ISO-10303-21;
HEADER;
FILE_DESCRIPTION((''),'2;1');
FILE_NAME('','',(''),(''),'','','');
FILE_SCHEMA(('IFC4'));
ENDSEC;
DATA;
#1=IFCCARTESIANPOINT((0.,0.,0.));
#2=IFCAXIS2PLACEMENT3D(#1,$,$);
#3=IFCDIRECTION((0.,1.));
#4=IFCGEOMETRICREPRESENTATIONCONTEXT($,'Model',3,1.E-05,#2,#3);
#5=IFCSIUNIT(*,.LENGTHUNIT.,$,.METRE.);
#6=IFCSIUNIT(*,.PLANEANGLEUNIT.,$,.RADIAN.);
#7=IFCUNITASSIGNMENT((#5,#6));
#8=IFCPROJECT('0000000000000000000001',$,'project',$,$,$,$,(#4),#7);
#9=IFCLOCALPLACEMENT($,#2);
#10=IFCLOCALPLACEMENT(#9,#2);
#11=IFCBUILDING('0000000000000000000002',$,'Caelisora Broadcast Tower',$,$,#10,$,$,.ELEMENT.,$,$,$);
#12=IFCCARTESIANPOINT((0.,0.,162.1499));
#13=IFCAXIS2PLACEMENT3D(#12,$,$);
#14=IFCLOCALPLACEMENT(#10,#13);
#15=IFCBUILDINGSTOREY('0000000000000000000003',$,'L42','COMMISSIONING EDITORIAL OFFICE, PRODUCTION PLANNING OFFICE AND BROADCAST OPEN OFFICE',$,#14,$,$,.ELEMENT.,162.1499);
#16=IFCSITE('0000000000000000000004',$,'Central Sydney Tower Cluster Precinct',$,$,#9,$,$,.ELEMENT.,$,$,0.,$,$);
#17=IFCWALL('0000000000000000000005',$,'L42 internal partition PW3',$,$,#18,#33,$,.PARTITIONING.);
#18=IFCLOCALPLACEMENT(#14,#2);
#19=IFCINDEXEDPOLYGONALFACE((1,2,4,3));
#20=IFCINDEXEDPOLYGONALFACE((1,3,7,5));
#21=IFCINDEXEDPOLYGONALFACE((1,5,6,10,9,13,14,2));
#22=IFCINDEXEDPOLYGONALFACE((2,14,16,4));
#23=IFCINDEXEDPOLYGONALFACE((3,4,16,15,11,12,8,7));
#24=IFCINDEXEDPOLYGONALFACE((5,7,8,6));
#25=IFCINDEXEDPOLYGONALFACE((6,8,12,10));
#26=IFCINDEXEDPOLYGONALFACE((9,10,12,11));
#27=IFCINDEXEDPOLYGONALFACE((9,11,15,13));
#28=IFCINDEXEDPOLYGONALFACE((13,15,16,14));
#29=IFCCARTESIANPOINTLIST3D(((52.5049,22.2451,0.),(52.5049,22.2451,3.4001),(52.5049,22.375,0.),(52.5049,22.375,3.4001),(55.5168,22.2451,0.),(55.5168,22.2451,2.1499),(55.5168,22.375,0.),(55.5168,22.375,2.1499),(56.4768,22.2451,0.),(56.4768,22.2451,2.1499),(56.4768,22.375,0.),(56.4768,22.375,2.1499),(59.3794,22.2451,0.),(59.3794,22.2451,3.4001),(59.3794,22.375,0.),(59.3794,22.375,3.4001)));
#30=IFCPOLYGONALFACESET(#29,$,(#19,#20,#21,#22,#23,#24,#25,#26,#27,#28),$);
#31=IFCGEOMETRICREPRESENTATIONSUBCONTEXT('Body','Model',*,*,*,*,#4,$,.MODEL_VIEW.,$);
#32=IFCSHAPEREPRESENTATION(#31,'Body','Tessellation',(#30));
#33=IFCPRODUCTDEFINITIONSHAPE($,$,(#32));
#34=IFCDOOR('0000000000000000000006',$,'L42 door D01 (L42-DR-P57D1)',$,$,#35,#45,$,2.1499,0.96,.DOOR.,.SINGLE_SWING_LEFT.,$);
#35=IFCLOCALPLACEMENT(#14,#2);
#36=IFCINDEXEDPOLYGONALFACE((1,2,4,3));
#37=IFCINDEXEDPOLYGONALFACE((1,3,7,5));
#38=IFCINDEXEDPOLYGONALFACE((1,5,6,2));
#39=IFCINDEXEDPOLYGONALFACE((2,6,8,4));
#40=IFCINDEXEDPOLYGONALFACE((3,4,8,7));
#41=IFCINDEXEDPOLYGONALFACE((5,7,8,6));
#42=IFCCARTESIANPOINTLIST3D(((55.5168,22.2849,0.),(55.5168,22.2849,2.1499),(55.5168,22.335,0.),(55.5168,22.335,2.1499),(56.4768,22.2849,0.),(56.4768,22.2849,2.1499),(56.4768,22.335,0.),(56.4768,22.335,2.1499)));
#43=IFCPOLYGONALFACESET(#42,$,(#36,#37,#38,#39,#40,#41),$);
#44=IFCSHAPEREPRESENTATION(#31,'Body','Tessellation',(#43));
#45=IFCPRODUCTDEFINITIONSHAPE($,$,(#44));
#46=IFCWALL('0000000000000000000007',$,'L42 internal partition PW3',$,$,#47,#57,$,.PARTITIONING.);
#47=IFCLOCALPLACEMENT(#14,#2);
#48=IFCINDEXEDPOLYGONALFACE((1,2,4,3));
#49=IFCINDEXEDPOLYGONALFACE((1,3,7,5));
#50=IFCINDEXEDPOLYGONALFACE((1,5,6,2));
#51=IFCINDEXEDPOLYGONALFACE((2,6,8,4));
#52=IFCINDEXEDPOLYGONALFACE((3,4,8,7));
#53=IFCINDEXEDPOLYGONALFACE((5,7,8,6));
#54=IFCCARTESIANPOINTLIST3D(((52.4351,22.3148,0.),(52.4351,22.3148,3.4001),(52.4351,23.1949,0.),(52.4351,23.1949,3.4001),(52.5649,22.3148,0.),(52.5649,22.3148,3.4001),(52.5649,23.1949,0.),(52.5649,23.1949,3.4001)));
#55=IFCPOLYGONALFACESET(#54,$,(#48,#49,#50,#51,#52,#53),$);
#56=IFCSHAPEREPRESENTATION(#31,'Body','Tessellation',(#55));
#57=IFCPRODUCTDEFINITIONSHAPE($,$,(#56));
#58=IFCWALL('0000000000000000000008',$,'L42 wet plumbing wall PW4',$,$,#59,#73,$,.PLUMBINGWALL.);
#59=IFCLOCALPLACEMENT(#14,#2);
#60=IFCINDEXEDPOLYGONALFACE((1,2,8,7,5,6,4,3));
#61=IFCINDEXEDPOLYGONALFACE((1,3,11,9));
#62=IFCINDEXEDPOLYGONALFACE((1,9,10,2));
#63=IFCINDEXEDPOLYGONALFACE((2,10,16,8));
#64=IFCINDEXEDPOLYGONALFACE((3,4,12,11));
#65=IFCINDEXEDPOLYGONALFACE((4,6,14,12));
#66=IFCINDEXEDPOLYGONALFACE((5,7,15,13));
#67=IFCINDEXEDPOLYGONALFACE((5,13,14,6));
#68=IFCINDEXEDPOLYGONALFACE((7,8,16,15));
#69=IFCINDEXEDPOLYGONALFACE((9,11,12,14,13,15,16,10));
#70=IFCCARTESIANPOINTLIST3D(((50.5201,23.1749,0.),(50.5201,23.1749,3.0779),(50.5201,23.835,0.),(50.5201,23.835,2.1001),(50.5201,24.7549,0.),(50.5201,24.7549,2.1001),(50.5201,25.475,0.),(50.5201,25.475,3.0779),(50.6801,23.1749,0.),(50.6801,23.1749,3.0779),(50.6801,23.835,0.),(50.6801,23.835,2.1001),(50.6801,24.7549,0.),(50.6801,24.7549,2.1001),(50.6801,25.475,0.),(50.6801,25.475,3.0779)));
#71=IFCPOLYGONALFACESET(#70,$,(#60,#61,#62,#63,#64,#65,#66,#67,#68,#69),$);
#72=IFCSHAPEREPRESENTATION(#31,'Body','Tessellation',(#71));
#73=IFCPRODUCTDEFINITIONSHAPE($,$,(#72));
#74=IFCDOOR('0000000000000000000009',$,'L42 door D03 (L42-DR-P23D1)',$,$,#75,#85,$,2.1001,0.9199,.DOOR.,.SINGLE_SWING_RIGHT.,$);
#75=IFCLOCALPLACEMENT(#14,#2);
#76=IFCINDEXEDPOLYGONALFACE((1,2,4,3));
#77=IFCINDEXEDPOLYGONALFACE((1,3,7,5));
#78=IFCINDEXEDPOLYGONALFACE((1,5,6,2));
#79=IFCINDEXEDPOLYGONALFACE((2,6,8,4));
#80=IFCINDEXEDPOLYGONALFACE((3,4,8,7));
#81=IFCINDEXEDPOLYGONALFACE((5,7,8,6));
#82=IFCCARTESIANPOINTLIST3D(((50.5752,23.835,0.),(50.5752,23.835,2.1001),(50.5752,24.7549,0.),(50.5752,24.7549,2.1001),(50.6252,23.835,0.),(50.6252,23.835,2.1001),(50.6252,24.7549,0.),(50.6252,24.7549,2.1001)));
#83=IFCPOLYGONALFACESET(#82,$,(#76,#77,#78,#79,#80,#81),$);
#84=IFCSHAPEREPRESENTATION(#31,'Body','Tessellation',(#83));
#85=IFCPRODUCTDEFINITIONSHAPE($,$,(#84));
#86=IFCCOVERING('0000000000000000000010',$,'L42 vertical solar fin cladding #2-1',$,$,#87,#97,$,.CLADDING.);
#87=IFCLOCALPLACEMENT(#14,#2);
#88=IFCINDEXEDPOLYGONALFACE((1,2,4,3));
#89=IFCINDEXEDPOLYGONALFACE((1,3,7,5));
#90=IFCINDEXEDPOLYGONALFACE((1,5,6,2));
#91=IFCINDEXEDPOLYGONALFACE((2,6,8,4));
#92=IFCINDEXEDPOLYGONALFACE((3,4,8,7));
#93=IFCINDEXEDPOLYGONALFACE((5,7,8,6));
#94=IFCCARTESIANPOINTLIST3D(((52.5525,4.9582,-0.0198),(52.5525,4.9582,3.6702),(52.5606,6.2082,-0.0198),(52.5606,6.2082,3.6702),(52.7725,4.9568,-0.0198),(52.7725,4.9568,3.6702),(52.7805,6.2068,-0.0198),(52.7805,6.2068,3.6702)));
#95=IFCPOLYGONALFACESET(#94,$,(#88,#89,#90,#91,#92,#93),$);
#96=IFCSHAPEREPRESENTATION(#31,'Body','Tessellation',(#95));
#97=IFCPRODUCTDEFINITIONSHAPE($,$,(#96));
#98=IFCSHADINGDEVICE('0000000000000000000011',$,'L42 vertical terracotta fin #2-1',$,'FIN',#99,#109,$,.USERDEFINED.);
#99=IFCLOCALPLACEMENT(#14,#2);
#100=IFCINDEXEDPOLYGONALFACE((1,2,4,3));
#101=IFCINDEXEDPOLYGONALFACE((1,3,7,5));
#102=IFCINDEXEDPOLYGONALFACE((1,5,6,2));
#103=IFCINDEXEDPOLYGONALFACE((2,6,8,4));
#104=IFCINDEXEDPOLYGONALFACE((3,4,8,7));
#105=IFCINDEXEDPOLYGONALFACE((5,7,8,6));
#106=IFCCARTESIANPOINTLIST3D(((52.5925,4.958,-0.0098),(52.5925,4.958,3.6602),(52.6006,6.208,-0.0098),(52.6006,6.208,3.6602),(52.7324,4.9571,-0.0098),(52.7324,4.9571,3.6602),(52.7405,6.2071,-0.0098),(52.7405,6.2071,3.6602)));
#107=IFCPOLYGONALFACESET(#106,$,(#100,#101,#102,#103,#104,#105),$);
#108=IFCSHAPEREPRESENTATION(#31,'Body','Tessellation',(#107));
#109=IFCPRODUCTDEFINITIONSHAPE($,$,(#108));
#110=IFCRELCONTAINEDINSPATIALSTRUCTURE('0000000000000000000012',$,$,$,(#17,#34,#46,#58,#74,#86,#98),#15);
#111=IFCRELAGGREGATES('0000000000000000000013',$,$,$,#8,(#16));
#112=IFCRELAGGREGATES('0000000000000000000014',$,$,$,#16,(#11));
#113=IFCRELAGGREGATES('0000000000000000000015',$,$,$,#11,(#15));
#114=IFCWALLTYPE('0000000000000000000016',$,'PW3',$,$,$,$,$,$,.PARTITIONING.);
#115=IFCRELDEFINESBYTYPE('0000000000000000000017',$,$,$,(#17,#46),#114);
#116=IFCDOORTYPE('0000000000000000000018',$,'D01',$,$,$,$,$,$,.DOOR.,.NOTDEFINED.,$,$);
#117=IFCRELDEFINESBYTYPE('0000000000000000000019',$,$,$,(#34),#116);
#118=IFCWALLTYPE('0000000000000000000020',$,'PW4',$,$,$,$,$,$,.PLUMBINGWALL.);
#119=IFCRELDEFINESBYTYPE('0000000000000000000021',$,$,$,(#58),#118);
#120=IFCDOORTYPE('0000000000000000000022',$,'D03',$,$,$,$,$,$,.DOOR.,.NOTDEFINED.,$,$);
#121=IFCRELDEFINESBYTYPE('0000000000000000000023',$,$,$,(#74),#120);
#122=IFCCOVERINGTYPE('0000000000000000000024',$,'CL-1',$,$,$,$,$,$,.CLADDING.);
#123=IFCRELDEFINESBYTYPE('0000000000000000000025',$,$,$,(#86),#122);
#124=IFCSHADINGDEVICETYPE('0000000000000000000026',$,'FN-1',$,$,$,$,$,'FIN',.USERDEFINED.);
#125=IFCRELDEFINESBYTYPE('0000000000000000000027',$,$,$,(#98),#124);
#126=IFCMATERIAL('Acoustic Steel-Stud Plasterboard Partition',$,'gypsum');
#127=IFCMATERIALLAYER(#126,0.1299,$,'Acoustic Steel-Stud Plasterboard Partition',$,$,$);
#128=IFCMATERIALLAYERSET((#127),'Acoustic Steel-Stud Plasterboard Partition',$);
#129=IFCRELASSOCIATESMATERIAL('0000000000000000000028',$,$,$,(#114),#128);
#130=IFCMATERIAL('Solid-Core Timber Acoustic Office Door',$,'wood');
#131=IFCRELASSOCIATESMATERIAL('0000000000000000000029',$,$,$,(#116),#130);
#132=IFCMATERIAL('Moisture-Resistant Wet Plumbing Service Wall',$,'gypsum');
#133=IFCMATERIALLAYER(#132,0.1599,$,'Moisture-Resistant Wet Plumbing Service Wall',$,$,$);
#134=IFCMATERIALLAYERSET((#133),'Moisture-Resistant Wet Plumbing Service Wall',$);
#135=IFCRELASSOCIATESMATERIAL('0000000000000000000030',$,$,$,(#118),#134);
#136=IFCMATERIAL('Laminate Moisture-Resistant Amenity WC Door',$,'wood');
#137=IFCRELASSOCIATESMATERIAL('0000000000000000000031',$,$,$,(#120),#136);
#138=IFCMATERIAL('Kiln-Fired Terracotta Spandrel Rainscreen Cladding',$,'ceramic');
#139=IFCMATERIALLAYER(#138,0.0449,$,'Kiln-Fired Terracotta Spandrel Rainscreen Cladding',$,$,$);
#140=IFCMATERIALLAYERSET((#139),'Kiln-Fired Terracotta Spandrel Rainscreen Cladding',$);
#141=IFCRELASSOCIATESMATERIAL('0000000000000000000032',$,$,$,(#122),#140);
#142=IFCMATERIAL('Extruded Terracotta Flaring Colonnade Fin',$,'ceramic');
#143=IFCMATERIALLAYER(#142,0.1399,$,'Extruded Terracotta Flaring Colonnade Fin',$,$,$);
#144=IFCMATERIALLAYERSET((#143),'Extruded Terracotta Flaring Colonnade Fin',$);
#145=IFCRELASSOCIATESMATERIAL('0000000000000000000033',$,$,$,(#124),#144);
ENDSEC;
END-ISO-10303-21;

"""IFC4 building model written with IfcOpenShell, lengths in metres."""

from ifc_helpers import new_model, si_unit, direction, frame, frame_2d, origin, origin_2d, place, context, subcontext, project, spatial, rectangle, extrude, source, transform, mapped, material, layer, layer_set, type_object, type_shapes, element, fill, save


model = new_model("IFC4")

# Units and contexts
model_context = context("Model", 3, precision=1e-05, world=origin(), true_north=direction((0.0, 1.0)))
body_context = subcontext(model_context, "Body", "Model", "MODEL_VIEW")
ifc_project = project(units=[si_unit("LENGTHUNIT", "METRE"), si_unit("PLANEANGLEUNIT", "RADIAN")], contexts=[model_context])

# Site, building, storey
site_placement = place(None, origin())
site = spatial("IfcSite", under=ifc_project, at=site_placement, Name="Central Sydney Tower Cluster Precinct", CompositionType="ELEMENT", RefElevation=0.0)
building_placement = place(site_placement, origin())
building = spatial("IfcBuilding", under=site, at=building_placement, Name="Caelisora Broadcast Tower", CompositionType="ELEMENT")
storey_placement = place(building_placement, frame((0.0, 0.0, 162.1499)))
storey = spatial("IfcBuildingStorey", under=building, at=storey_placement, Name="L42", Description="COMMISSIONING EDITORIAL OFFICE, PRODUCTION PLANNING OFFICE AND BROADCAST OPEN OFFICE", CompositionType="ELEMENT", Elevation=162.1499)

# Shared definitions
ifc_material_1 = material(Name="Acoustic Steel-Stud Plasterboard Partition", Category="gypsum")
ifc_layer_1 = layer(ifc_material_1, 0.1299, Name="Acoustic Steel-Stud Plasterboard Partition")
ifc_layer_set_1 = layer_set([ifc_layer_1], Name="Acoustic Steel-Stud Plasterboard Partition")
wall_type_1 = type_object("IfcWallType", Name="PW3", PredefinedType="PARTITIONING", material=ifc_layer_set_1)

# Wall, opening, door
ifc_material_2 = material(Name="Solid-Core Timber Acoustic Office Door", Category="wood")
door_type_1 = type_object("IfcDoorType", Name="D01", OperationType="NOTDEFINED", PredefinedType="DOOR", material=ifc_material_2)
wall_1_placement = place(storey_placement, frame((52.5049, 22.3101, 0.0), z_axis=(0.0, 0.0, 1.0), x_axis=(1.0, 0.0, 0.0)))
wall_1 = element("IfcWall", 1, at=wall_1_placement, inside=storey, type_object=wall_type_1, Name="L42 internal partition PW3", PredefinedType="PARTITIONING", context=body_context, shape_type="SweptSolid", body=[
    extrude(rectangle(XDim=6.8745, YDim=0.1299, at=frame_2d((3.4373, 0.0))), origin(), (0.0, 0.0, 1.0), 3.4001),
])
opening_1_placement = place(wall_1_placement, frame((3.012, 0.0, 0.0)))
opening_1 = element("IfcOpeningElement", 2, at=opening_1_placement, cuts=wall_1, PredefinedType="OPENING", context=body_context, shape_type="SweptSolid", body=[
    extrude(rectangle(XDim=0.96, YDim=2.1499, at=frame_2d((0.48, 1.075))), frame((0.0, 0.0769, 0.0), z_axis=(0.0, -1.0, 0.0), x_axis=(1.0, 0.0, 0.0)), (0.0, 0.0, 1.0), 0.1538),
])
door_1_placement = place(opening_1_placement, origin())
door_1 = element("IfcDoor", 3, at=door_1_placement, inside=storey, type_object=door_type_1, Name="L42 door D01 (L42-DR-P57D1)", OperationType="SINGLE_SWING_LEFT", OverallHeight=2.1499, OverallWidth=0.96, PredefinedType="DOOR", context=body_context, shape_type="SweptSolid", body=[
    extrude(rectangle(XDim=0.96, YDim=2.1499, at=frame_2d((0.48, 1.075))), frame((0.0, 0.0249, 0.0), z_axis=(0.0, -1.0, 0.0), x_axis=(1.0, 0.0, 0.0)), (0.0, 0.0, 1.0), 0.05),
])
fill(opening_1, door_1)

# Wall
wall_2_placement = place(storey_placement, frame((52.5, 22.3149, 0.0), z_axis=(0.0, 0.0, 1.0), x_axis=(0.0, 1.0, 0.0)))
element("IfcWall", 4, at=wall_2_placement, inside=storey, type_object=wall_type_1, Name="L42 internal partition PW3", PredefinedType="PARTITIONING", context=body_context, shape_type="SweptSolid", body=[
    extrude(rectangle(XDim=0.8801, YDim=0.1299, at=frame_2d((0.4399, 0.0))), origin(), (0.0, 0.0, 1.0), 3.4001),
])

# Wall, opening, door
ifc_material_3 = material(Name="Moisture-Resistant Wet Plumbing Service Wall", Category="gypsum")
ifc_layer_2 = layer(ifc_material_3, 0.1599, Name="Moisture-Resistant Wet Plumbing Service Wall")
ifc_layer_set_2 = layer_set([ifc_layer_2], Name="Moisture-Resistant Wet Plumbing Service Wall")
wall_type_2 = type_object("IfcWallType", Name="PW4", PredefinedType="PLUMBINGWALL", material=ifc_layer_set_2)
wall_3_placement = place(storey_placement, frame((50.6001, 23.175, 0.0), z_axis=(0.0, 0.0, 1.0), x_axis=(0.0, 1.0, 0.0)))
wall_3 = element("IfcWall", 5, at=wall_3_placement, inside=storey, type_object=wall_type_2, Name="L42 wet plumbing wall PW4", PredefinedType="PLUMBINGWALL", context=body_context, shape_type="SweptSolid", body=[
    extrude(rectangle(XDim=2.3, YDim=0.1599, at=frame_2d((1.1499, 0.0))), origin(), (0.0, 0.0, 1.0), 3.0779),
])
opening_2_placement = place(wall_3_placement, frame((0.6599, 0.0, 0.0)))
opening_2 = element("IfcOpeningElement", 6, at=opening_2_placement, cuts=wall_3, PredefinedType="OPENING", context=body_context, shape_type="SweptSolid", body=[
    extrude(rectangle(XDim=0.9199, YDim=2.1001, at=frame_2d((0.46, 1.05))), frame((0.0, 0.092, 0.0), z_axis=(0.0, -1.0, 0.0), x_axis=(1.0, 0.0, 0.0)), (0.0, 0.0, 1.0), 0.1838),
])
ifc_material_4 = material(Name="Laminate Moisture-Resistant Amenity WC Door", Category="wood")
door_type_2 = type_object("IfcDoorType", Name="D03", OperationType="NOTDEFINED", PredefinedType="DOOR", material=ifc_material_4)
door_2_placement = place(opening_2_placement, origin())
door_2 = element("IfcDoor", 7, at=door_2_placement, inside=storey, type_object=door_type_2, Name="L42 door D03 (L42-DR-P23D1)", OperationType="SINGLE_SWING_RIGHT", OverallHeight=2.1001, OverallWidth=0.9199, PredefinedType="DOOR", context=body_context, shape_type="SweptSolid", body=[
    extrude(rectangle(XDim=0.9199, YDim=2.1001, at=frame_2d((0.46, 1.05))), frame((0.0, 0.0249, 0.0), z_axis=(0.0, -1.0, 0.0), x_axis=(1.0, 0.0, 0.0)), (0.0, 0.0, 1.0), 0.05),
])
fill(opening_2, door_2)

# Covering
ifc_material_5 = material(Name="Kiln-Fired Terracotta Spandrel Rainscreen Cladding", Category="ceramic")
ifc_layer_3 = layer(ifc_material_5, 0.0449, Name="Kiln-Fired Terracotta Spandrel Rainscreen Cladding")
ifc_layer_set_3 = layer_set([ifc_layer_3], Name="Kiln-Fired Terracotta Spandrel Rainscreen Cladding")
covering_type = type_object("IfcCoveringType", Name="CL-1", PredefinedType="CLADDING", material=ifc_layer_set_3)
shared_shape_1 = source(origin(), body_context, "Body", "SweptSolid", [
    extrude(rectangle(XDim=0.22, YDim=1.25, at=origin_2d()), origin(), (0.0, 0.0, 1.0), 3.6899),
])
type_shapes(covering_type, [shared_shape_1])
covering_placement = place(storey_placement, frame((52.6665, 5.5825, -0.0198), z_axis=(0.0, 0.0, 1.0), x_axis=(-0.999979, 0.006458, 0.0)))
element("IfcCovering", 8, at=covering_placement, inside=storey, type_object=covering_type, Name="L42 vertical solar fin cladding #2-1", PredefinedType="CLADDING", context=body_context, shape_type="MappedRepresentation", body=[
    mapped(shared_shape_1, transform((0.0, 0.0, 0.0), scale=1.0)),
])

# Shading device
ifc_material_6 = material(Name="Extruded Terracotta Flaring Colonnade Fin", Category="ceramic")
ifc_layer_4 = layer(ifc_material_6, 0.1399, Name="Extruded Terracotta Flaring Colonnade Fin")
ifc_layer_set_4 = layer_set([ifc_layer_4], Name="Extruded Terracotta Flaring Colonnade Fin")
shading_device_type = type_object("IfcShadingDeviceType", Name="FN-1", ElementType="FIN", PredefinedType="USERDEFINED", material=ifc_layer_set_4)
shared_shape_2 = source(origin(), body_context, "Body", "SweptSolid", [
    extrude(rectangle(XDim=0.1399, YDim=1.25, at=origin_2d()), origin(), (0.0, 0.0, 1.0), 3.6699),
])
type_shapes(shading_device_type, [shared_shape_2])
shading_device_placement = place(storey_placement, frame((52.6665, 5.5825, -0.0098), z_axis=(0.0, 0.0, 1.0), x_axis=(-0.999979, 0.006458, 0.0)))
element("IfcShadingDevice", 9, at=shading_device_placement, inside=storey, type_object=shading_device_type, Name="L42 vertical terracotta fin #2-1", ObjectType="FIN", PredefinedType="USERDEFINED", context=body_context, shape_type="MappedRepresentation", body=[
    mapped(shared_shape_2, transform((0.0, 0.0, 0.0), scale=1.0)),
])

save(model, "model.ifc")
